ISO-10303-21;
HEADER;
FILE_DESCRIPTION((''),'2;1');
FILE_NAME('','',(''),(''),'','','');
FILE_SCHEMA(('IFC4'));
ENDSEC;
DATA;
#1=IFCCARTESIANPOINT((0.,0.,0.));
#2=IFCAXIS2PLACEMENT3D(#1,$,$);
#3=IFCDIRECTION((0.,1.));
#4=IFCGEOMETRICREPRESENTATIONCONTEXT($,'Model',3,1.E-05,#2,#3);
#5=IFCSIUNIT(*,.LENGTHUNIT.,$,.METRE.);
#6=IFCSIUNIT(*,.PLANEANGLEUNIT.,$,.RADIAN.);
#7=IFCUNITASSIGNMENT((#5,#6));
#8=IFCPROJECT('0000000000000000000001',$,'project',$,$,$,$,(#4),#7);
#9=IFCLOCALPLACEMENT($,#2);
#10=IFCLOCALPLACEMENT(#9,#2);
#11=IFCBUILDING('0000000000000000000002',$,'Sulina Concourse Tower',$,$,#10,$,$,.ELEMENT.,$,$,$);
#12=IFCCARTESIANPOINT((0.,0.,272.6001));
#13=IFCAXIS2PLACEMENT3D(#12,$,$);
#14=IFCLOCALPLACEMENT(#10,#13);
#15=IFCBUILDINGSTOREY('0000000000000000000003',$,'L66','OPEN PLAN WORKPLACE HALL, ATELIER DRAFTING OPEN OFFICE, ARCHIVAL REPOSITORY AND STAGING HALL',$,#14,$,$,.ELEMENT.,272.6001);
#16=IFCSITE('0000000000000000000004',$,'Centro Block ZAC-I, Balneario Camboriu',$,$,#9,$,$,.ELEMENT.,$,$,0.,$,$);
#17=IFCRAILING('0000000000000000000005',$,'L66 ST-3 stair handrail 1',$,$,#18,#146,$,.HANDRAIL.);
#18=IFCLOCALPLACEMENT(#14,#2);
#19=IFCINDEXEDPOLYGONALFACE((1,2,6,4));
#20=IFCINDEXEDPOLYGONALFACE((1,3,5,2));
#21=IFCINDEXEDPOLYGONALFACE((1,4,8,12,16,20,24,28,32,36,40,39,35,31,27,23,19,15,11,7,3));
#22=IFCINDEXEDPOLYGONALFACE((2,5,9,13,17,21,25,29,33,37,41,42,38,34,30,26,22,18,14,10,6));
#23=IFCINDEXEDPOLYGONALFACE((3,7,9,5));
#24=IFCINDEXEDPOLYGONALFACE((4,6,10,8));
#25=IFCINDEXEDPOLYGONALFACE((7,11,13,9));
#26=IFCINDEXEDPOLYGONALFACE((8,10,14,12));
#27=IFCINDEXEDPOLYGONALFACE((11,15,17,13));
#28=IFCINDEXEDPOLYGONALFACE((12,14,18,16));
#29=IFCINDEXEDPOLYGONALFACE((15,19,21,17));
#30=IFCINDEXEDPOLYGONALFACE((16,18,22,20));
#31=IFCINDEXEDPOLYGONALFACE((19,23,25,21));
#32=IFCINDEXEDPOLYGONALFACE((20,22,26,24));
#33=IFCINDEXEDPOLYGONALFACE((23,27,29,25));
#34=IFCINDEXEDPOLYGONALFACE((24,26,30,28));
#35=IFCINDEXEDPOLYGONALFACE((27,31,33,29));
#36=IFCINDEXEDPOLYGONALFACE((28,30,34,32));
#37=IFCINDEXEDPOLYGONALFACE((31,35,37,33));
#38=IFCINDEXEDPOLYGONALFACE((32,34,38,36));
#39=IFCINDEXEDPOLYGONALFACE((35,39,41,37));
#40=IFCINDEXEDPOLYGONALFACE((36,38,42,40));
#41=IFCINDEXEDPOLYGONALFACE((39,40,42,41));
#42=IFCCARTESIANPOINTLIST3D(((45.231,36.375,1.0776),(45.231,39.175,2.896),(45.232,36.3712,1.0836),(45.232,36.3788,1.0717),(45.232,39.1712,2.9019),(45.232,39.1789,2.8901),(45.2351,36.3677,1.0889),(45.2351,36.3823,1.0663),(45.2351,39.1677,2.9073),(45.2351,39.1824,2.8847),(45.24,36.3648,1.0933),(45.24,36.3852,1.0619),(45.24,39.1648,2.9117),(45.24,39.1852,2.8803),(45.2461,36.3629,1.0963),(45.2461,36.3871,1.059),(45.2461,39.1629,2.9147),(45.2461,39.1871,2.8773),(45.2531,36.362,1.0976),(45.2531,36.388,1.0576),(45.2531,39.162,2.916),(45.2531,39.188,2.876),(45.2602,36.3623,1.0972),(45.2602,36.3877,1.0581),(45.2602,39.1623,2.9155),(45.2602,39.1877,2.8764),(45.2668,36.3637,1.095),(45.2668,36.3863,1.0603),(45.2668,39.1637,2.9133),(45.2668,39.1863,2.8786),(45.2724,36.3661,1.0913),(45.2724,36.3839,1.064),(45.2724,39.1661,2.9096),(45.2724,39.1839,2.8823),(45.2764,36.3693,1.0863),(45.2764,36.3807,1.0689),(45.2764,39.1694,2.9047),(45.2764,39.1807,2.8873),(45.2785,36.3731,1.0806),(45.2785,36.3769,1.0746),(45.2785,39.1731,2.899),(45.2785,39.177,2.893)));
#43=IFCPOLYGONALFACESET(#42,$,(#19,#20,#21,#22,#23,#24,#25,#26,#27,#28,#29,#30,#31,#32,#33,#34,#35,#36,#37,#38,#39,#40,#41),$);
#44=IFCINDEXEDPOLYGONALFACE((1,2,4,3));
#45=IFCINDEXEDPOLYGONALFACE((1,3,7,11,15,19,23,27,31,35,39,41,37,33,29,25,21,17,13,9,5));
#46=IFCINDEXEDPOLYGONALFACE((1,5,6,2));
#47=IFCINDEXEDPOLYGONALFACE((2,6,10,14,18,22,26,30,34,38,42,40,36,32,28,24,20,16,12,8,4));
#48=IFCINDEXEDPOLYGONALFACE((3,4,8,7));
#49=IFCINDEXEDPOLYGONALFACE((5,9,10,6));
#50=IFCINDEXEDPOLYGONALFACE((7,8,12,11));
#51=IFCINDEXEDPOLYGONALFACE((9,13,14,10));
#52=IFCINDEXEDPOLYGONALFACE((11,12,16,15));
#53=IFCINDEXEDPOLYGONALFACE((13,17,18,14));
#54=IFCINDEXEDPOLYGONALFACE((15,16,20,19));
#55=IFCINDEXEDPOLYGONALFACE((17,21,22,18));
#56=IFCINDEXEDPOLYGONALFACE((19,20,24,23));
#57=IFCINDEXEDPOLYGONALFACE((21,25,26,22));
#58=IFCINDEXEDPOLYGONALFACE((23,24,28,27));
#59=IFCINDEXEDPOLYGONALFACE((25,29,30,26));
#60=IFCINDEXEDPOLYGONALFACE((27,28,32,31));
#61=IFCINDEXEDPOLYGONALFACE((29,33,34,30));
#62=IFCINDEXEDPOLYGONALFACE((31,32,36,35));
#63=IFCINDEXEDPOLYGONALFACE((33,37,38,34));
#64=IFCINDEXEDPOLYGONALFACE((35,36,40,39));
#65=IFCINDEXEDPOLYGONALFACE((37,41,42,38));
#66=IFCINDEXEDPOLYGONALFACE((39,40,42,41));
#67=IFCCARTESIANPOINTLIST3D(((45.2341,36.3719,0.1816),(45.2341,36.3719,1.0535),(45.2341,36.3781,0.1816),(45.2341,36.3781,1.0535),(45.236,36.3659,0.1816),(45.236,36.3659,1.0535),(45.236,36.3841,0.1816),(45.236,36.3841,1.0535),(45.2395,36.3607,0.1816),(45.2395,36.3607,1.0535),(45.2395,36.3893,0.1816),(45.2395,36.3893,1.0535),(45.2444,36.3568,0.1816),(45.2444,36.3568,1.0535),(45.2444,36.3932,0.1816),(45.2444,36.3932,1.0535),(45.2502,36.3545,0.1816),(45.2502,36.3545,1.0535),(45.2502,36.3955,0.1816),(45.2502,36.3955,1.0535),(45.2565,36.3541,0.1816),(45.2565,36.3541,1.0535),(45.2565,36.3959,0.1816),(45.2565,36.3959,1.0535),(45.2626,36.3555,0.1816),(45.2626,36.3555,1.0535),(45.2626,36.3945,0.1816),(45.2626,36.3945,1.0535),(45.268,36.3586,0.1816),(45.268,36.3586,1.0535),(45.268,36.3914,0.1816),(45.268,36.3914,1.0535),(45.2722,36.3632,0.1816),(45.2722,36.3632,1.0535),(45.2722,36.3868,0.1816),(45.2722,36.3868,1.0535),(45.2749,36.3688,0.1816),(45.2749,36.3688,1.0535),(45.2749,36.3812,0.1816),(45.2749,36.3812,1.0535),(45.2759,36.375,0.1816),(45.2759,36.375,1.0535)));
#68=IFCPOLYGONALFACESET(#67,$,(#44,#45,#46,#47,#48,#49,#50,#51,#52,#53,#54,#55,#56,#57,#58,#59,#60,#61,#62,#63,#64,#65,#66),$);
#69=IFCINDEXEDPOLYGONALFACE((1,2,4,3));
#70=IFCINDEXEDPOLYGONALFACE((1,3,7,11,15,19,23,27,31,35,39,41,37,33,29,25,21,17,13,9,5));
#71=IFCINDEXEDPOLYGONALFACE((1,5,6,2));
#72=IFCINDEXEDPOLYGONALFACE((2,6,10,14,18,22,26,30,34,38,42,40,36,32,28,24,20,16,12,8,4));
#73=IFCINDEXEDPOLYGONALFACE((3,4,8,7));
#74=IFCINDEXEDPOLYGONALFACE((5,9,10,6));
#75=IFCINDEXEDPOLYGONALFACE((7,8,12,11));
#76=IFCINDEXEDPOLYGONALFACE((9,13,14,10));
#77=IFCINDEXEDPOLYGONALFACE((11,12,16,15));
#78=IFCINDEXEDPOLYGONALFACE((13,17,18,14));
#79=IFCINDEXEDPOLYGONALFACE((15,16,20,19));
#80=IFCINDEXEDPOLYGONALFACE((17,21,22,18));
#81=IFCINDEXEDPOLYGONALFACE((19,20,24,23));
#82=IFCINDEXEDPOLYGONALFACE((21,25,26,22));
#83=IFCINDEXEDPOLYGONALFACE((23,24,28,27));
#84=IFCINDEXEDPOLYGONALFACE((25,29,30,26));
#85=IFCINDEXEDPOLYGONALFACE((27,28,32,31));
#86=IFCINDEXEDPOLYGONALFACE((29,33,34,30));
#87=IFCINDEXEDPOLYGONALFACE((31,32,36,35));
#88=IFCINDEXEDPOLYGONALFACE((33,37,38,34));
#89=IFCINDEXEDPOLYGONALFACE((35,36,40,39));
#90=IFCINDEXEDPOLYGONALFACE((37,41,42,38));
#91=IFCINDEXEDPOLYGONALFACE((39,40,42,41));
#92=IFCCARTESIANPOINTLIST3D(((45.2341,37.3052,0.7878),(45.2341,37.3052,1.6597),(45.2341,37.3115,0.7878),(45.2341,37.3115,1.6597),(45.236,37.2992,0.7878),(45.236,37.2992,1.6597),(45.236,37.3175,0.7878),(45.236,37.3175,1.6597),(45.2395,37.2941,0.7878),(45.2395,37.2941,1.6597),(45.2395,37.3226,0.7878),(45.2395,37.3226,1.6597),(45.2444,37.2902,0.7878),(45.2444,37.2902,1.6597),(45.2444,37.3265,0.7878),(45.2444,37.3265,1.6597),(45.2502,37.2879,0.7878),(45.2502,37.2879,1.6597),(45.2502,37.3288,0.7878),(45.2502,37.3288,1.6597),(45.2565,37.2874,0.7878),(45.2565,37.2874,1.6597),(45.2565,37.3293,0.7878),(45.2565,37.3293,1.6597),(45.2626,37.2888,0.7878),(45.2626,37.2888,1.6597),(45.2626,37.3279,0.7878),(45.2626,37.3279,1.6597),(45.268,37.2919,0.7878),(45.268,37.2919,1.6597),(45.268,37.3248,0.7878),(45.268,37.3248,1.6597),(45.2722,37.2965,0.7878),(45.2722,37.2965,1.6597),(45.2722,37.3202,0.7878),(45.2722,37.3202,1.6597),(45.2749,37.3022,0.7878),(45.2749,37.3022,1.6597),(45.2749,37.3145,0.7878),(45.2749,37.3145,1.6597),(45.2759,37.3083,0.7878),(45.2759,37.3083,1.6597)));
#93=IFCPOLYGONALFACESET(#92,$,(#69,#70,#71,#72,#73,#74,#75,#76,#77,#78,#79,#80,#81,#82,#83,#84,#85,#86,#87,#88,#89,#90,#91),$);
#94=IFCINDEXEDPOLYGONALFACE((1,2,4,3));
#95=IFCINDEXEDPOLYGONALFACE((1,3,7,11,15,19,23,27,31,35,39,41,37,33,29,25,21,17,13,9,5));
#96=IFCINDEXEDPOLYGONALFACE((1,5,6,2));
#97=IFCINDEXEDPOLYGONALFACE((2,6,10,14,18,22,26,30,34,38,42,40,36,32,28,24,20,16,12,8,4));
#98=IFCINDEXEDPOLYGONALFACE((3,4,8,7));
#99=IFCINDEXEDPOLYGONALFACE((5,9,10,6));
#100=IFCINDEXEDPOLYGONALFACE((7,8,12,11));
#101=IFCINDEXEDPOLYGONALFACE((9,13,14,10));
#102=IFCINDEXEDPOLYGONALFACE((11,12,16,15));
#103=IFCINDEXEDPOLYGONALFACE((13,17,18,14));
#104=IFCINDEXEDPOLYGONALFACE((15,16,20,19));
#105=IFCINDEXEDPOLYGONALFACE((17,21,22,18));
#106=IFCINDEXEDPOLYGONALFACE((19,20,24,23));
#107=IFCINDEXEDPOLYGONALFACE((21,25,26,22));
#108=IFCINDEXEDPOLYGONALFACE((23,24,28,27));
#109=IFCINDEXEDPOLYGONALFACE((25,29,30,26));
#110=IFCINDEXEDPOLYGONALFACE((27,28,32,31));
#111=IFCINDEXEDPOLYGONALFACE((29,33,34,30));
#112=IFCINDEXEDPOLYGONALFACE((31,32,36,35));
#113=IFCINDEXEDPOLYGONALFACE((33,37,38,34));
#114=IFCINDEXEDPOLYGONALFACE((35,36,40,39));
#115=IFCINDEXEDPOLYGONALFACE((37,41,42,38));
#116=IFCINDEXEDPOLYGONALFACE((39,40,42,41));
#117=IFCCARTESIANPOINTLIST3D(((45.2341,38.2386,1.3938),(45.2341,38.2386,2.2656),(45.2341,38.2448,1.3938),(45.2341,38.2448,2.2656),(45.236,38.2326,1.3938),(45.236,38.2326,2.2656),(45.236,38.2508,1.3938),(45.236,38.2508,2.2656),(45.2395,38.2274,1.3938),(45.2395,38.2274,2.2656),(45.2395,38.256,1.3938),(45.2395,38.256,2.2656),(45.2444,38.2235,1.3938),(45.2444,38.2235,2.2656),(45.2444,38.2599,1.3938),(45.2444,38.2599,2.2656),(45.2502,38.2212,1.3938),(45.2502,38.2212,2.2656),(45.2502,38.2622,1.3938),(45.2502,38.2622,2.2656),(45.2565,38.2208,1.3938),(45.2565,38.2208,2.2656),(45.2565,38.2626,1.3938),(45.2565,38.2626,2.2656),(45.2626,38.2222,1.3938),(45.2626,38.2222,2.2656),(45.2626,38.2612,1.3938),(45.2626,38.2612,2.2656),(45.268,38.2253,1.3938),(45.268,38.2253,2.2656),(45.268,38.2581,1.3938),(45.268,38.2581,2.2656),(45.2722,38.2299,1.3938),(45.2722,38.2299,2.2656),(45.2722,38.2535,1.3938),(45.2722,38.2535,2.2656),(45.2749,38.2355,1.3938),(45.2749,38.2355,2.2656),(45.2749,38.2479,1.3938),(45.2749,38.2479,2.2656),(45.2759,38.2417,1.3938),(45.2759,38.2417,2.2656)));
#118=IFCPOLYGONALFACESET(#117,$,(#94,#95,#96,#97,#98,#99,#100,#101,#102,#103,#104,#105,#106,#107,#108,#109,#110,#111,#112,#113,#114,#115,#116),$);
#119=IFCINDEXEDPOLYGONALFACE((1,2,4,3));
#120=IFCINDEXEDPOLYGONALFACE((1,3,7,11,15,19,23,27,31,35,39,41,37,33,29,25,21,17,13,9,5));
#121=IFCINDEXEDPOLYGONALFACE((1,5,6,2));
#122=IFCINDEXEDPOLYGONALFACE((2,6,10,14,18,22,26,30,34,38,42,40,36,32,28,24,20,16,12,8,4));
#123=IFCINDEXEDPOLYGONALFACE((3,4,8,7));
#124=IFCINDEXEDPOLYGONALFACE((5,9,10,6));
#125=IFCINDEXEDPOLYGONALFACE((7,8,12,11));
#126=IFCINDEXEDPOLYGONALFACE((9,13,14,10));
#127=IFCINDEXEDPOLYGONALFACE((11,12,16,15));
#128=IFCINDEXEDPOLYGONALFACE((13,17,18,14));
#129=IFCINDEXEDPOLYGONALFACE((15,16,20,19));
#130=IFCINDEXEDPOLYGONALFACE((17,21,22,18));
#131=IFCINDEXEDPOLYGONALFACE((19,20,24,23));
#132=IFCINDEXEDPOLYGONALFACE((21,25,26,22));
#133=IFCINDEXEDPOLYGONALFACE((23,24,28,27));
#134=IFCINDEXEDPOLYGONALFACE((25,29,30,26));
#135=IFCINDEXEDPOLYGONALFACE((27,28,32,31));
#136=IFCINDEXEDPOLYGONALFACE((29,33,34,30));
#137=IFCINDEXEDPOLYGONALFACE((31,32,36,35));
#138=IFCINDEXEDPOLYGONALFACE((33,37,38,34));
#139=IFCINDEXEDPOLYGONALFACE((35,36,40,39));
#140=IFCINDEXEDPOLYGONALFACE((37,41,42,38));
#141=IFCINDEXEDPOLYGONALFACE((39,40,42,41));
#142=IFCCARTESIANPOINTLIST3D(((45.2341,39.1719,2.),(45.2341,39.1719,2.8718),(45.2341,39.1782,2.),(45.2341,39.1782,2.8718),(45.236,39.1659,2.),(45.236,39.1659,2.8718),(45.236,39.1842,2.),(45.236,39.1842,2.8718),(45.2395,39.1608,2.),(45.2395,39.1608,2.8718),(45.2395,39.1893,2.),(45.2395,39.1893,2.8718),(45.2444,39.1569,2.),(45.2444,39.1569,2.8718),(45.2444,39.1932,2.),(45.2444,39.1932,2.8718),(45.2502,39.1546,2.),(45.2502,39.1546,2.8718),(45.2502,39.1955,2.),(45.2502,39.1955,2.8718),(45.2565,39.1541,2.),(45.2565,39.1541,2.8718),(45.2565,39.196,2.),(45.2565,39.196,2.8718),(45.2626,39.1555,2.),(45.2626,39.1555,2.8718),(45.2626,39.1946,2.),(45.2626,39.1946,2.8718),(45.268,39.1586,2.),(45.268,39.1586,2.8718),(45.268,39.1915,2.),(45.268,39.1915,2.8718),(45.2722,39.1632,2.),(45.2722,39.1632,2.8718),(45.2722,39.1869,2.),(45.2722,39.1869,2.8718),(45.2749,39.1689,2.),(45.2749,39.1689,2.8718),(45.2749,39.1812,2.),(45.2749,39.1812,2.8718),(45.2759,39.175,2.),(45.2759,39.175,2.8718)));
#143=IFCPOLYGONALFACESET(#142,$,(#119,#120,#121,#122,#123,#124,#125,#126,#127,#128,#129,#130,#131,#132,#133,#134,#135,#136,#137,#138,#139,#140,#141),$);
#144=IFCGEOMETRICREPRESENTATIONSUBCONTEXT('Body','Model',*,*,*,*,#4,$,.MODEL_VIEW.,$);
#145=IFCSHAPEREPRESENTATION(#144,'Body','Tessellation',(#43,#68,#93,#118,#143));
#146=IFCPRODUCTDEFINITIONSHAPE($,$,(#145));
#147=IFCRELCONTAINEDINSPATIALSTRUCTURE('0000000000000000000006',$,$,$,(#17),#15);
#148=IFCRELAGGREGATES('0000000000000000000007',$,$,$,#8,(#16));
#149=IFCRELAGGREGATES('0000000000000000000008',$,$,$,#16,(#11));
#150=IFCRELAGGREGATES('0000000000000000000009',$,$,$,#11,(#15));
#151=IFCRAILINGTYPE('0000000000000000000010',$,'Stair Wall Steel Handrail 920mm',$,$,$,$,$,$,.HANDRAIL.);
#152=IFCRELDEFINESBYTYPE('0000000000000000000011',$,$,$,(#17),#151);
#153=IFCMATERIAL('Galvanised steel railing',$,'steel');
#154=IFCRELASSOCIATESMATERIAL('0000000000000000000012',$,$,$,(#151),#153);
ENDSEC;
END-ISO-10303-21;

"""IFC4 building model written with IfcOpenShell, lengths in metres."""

from ifc_helpers import new_model, si_unit, direction, frame, origin, origin_2d, place, context, subcontext, project, spatial, circle, extrude, material, type_object, element, save


model = new_model("IFC4")

# Units and contexts
model_context = context("Model", 3, precision=1e-05, world=origin(), true_north=direction((0.0, 1.0)))
body_context = subcontext(model_context, "Body", "Model", "MODEL_VIEW")
ifc_project = project(units=[si_unit("LENGTHUNIT", "METRE"), si_unit("PLANEANGLEUNIT", "RADIAN")], contexts=[model_context])

# Site, building, storey
site_placement = place(None, origin())
site = spatial("IfcSite", under=ifc_project, at=site_placement, Name="Centro Block ZAC-I, Balneario Camboriu", CompositionType="ELEMENT", RefElevation=0.0)
building_placement = place(site_placement, origin())
building = spatial("IfcBuilding", under=site, at=building_placement, Name="Sulina Concourse Tower", CompositionType="ELEMENT")
storey_placement = place(building_placement, frame((0.0, 0.0, 272.6001)))
storey = spatial("IfcBuildingStorey", under=building, at=storey_placement, Name="L66", Description="OPEN PLAN WORKPLACE HALL, ATELIER DRAFTING OPEN OFFICE, ARCHIVAL REPOSITORY AND STAGING HALL", CompositionType="ELEMENT", Elevation=272.6001)

# Railing
ifc_material_1 = material(Name="Galvanised steel railing", Category="steel")
railing_type_1 = type_object("IfcRailingType", Name="Stair Wall Steel Handrail 920mm", PredefinedType="HANDRAIL", material=ifc_material_1)
for number, where, name in (
    (1, (45.2549, 36.375, 0.1816), "L66 ST-3 stair handrail 1"),
):
    element("IfcRailing", number, at=place(storey_placement, frame(where)), inside=storey, type_object=railing_type_1, Name=name, PredefinedType="HANDRAIL", context=body_context, shape_type="SweptSolid", body=[
        extrude(circle(Radius=0.0239, at=origin_2d()), frame((0.0, 0.0, 0.896), z_axis=(0.0, 0.838672, 0.544636), x_axis=(-1.0, 0.0, 0.0)), (0.0, 0.0, 1.0), 3.3386),
        extrude(circle(Radius=0.021, at=origin_2d()), origin(), (0.0, 0.0, 1.0), 0.8718),
        extrude(circle(Radius=0.021, at=origin_2d()), frame((0.0, 0.9333, 0.6062)), (0.0, 0.0, 1.0), 0.8718),
        extrude(circle(Radius=0.021, at=origin_2d()), frame((0.0, 1.8667, 1.2122)), (0.0, 0.0, 1.0), 0.8718),
        extrude(circle(Radius=0.021, at=origin_2d()), frame((0.0, 2.8, 1.8184)), (0.0, 0.0, 1.0), 0.8718),
    ])

save(model, "model.ifc")
